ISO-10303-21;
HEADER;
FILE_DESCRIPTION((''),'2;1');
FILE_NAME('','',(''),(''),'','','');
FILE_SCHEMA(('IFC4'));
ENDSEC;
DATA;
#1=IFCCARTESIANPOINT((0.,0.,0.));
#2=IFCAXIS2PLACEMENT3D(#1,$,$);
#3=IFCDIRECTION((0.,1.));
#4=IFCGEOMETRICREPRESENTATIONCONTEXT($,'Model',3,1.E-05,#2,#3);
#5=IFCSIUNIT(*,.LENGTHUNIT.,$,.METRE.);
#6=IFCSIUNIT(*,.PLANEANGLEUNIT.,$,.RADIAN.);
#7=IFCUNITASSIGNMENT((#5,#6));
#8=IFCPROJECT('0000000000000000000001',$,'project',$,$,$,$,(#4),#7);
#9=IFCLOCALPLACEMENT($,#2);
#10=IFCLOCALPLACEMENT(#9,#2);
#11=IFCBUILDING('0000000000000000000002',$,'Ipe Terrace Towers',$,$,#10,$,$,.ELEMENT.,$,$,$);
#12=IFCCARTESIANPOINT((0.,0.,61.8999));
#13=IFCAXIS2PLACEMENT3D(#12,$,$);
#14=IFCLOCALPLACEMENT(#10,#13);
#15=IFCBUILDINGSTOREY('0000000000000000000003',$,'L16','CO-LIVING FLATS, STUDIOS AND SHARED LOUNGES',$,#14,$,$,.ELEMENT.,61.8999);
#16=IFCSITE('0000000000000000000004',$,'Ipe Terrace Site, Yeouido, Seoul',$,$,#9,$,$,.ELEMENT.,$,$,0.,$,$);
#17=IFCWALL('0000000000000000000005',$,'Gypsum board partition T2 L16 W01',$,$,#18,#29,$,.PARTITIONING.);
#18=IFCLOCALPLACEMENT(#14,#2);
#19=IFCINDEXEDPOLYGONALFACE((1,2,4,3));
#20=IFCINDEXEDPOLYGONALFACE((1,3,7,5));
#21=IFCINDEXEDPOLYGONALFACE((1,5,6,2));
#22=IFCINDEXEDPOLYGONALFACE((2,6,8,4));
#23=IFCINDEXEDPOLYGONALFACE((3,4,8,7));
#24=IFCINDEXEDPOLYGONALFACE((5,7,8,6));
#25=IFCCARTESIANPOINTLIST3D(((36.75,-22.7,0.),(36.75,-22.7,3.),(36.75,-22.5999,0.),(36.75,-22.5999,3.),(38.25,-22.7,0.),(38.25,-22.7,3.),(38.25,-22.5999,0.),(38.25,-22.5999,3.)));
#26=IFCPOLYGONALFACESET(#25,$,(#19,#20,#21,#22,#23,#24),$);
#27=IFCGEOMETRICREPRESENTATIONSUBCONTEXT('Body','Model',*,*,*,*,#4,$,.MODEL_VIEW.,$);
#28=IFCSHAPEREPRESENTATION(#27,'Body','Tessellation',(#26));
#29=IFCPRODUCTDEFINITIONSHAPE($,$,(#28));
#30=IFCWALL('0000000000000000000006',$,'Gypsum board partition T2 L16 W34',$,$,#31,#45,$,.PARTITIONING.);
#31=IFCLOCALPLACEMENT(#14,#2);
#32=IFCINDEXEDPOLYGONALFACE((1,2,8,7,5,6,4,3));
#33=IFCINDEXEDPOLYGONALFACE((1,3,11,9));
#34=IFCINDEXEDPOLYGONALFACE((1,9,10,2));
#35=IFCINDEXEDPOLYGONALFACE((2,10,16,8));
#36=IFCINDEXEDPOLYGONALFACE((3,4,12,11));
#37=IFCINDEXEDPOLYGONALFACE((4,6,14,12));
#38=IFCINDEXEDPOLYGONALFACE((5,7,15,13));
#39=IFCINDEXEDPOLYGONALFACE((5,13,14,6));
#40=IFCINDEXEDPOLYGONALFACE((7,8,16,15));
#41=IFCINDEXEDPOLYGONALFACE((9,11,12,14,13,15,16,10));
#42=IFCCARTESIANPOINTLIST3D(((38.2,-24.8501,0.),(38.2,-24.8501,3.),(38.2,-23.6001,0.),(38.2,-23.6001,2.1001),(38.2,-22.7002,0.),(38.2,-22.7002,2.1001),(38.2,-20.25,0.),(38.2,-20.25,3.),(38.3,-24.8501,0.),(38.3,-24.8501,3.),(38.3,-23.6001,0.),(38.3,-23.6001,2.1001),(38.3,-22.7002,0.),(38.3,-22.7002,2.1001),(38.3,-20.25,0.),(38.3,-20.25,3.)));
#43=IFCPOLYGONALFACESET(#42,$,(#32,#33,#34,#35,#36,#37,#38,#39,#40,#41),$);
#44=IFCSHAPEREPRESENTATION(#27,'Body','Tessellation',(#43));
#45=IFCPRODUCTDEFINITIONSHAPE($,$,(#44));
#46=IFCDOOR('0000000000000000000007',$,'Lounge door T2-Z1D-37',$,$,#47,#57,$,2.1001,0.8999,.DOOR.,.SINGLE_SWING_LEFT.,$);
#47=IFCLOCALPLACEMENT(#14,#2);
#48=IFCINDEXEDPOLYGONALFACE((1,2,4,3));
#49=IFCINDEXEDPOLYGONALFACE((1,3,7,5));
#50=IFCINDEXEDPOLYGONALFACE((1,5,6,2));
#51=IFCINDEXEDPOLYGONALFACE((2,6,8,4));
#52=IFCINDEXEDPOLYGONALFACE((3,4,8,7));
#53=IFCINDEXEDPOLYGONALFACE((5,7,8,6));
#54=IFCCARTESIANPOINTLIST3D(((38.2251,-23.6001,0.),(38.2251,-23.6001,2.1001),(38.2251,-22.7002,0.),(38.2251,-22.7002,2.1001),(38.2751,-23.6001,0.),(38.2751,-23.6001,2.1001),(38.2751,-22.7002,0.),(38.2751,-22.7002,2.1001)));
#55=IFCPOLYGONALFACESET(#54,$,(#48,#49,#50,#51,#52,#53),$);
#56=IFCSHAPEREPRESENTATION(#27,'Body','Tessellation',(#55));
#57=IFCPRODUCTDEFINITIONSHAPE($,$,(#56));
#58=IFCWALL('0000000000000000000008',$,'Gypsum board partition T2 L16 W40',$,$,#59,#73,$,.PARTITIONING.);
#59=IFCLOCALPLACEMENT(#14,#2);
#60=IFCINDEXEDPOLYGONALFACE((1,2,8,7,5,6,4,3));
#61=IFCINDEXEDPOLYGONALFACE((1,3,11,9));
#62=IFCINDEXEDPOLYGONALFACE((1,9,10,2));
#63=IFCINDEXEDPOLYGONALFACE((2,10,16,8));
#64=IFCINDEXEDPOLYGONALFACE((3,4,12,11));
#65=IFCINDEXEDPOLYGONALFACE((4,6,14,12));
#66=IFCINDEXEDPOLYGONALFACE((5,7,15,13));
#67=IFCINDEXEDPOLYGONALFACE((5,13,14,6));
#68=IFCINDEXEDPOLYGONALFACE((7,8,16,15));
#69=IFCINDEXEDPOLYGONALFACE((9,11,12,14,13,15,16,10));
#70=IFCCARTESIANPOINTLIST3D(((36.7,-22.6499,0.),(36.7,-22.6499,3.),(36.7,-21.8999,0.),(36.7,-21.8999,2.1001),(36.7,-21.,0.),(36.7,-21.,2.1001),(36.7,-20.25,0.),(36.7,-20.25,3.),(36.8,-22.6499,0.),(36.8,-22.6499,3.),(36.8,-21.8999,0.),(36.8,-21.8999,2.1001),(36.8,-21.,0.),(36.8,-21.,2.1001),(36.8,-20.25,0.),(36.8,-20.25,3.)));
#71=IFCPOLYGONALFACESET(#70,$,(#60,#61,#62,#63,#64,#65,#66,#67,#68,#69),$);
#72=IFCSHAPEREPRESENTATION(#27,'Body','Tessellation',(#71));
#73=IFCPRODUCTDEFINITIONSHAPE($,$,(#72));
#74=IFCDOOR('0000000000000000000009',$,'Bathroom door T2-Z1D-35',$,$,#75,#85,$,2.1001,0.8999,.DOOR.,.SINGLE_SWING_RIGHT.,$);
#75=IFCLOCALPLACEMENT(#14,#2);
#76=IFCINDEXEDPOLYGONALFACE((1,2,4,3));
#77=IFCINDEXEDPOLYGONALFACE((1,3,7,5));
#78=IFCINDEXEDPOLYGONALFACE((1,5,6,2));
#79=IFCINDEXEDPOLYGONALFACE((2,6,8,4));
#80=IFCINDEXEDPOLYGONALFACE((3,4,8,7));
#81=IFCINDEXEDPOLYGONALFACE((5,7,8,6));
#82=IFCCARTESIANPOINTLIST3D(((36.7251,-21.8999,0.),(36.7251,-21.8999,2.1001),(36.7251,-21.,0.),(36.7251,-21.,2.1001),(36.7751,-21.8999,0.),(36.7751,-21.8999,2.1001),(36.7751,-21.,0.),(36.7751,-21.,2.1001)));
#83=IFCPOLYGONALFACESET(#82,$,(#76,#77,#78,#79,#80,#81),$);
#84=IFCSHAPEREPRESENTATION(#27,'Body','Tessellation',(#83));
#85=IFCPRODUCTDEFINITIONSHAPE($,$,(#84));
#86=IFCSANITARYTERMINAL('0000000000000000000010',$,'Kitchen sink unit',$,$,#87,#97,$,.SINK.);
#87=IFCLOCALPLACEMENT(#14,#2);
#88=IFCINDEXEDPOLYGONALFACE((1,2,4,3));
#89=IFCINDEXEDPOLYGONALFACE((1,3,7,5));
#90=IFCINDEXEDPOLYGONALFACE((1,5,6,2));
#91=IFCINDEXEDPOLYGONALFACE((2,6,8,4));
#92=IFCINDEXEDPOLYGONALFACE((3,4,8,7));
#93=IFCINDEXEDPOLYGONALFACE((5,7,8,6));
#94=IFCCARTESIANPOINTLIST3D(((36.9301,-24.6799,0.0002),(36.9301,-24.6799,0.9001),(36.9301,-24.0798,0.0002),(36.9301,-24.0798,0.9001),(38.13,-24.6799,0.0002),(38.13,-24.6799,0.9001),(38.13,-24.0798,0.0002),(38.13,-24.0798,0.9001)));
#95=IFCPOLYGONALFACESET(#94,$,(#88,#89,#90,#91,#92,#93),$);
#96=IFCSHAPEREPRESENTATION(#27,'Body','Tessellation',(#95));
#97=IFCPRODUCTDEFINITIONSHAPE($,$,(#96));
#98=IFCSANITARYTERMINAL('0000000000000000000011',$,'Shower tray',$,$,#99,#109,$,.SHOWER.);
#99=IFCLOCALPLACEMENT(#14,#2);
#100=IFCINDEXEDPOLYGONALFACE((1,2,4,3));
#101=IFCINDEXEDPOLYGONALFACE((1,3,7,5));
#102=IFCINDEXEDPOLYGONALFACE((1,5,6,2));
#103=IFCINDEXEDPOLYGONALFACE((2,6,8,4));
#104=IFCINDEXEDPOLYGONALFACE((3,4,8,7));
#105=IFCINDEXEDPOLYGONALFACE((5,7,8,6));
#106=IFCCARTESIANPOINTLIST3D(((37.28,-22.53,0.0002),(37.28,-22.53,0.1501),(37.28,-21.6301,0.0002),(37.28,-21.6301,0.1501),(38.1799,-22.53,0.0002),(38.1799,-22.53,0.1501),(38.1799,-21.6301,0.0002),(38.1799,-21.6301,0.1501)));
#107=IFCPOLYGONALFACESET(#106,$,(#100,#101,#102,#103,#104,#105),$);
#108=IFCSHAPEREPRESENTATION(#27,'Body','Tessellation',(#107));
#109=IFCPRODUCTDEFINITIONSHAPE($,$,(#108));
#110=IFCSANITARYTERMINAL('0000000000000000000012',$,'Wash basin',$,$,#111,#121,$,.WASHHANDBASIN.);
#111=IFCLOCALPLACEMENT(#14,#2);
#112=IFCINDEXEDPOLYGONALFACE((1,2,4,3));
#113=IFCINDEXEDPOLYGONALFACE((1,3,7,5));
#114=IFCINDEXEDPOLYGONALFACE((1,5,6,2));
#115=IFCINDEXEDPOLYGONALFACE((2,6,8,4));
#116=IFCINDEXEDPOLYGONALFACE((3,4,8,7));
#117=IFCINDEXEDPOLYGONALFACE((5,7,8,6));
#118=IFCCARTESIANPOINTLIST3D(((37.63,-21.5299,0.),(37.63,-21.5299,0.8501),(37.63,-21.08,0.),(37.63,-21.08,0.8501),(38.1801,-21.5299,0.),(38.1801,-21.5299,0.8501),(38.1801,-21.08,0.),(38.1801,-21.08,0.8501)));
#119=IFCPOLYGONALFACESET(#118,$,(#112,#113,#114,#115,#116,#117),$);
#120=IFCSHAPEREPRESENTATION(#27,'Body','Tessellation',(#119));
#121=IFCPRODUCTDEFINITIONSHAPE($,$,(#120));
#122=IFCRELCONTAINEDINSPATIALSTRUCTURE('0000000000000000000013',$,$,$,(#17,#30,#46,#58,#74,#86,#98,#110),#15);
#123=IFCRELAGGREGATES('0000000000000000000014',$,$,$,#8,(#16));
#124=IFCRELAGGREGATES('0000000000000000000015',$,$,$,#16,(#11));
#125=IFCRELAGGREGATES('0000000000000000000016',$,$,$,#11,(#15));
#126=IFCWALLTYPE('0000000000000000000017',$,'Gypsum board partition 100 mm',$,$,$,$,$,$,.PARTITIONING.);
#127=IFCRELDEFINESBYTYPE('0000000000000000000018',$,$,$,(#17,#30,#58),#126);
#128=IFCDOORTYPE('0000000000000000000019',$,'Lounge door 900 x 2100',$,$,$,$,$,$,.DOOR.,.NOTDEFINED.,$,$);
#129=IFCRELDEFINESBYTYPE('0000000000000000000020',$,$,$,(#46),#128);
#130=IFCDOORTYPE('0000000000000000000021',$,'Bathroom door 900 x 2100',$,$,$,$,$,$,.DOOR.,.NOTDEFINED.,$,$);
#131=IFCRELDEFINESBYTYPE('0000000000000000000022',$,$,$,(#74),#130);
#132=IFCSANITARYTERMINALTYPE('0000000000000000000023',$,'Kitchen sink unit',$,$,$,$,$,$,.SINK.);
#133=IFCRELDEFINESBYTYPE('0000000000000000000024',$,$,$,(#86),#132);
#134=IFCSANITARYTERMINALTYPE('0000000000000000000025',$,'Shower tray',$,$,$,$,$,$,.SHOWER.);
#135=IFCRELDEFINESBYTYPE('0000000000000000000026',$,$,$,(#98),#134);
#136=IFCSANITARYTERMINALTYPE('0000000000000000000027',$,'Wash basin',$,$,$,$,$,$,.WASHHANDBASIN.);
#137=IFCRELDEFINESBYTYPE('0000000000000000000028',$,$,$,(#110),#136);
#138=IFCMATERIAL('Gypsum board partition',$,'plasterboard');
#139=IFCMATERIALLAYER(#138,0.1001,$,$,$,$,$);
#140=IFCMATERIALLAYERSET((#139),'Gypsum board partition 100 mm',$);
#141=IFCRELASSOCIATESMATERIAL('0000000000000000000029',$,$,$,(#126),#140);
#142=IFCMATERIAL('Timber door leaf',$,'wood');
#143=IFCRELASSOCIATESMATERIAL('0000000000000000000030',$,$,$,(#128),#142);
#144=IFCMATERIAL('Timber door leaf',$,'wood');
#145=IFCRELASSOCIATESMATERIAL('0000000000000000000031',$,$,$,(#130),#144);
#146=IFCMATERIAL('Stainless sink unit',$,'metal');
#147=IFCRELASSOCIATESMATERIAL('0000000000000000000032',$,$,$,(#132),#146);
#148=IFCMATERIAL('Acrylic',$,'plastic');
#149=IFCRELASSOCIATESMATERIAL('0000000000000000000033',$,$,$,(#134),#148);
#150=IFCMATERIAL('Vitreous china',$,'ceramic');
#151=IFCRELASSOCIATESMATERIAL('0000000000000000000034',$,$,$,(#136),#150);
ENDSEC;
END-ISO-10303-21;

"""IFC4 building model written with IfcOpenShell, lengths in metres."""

from ifc_helpers import new_model, si_unit, direction, frame, frame_2d, origin, origin_2d, place, context, subcontext, project, spatial, rectangle, extrude, material, layer, layer_set, type_object, element, fill, save


model = new_model("IFC4")

# Units and contexts
model_context = context("Model", 3, precision=1e-05, world=origin(), true_north=direction((0.0, 1.0)))
body_context = subcontext(model_context, "Body", "Model", "MODEL_VIEW")
ifc_project = project(units=[si_unit("LENGTHUNIT", "METRE"), si_unit("PLANEANGLEUNIT", "RADIAN")], contexts=[model_context])

# Site, building, storey
site_placement = place(None, origin())
site = spatial("IfcSite", under=ifc_project, at=site_placement, Name="Ipe Terrace Site, Yeouido, Seoul", CompositionType="ELEMENT", RefElevation=0.0)
building_placement = place(site_placement, origin())
building = spatial("IfcBuilding", under=site, at=building_placement, Name="Ipe Terrace Towers", CompositionType="ELEMENT")
storey_placement = place(building_placement, frame((0.0, 0.0, 61.8999)))
storey = spatial("IfcBuildingStorey", under=building, at=storey_placement, Name="L16", Description="CO-LIVING FLATS, STUDIOS AND SHARED LOUNGES", CompositionType="ELEMENT", Elevation=61.8999)

# Wall
ifc_material_1 = material(Name="Gypsum board partition", Category="plasterboard")
ifc_layer_1 = layer(ifc_material_1, 0.1001)
ifc_layer_set_1 = layer_set([ifc_layer_1], Name="Gypsum board partition 100 mm")
wall_type_1 = type_object("IfcWallType", Name="Gypsum board partition 100 mm", PredefinedType="PARTITIONING", material=ifc_layer_set_1)
wall_1_placement = place(storey_placement, frame((38.25, -22.6499, 0.0), z_axis=(0.0, 0.0, 1.0), x_axis=(-1.0, 0.0, 0.0)))
element("IfcWall", 1, at=wall_1_placement, inside=storey, type_object=wall_type_1, Name="Gypsum board partition T2 L16 W01", PredefinedType="PARTITIONING", context=body_context, shape_type="SweptSolid", body=[
    extrude(rectangle(XDim=1.5, YDim=0.1001, at=frame_2d((0.75, 0.0))), origin(), (0.0, 0.0, 1.0), 3.0),
])

# Walls, openings, doors
wall_2_placement = place(storey_placement, frame((38.25, -24.8501, 0.0), z_axis=(0.0, 0.0, 1.0), x_axis=(0.0, 1.0, 0.0)))
wall_2 = element("IfcWall", 2, at=wall_2_placement, inside=storey, type_object=wall_type_1, Name="Gypsum board partition T2 L16 W34", PredefinedType="PARTITIONING", context=body_context, shape_type="SweptSolid", body=[
    extrude(rectangle(XDim=4.6001, YDim=0.1001, at=frame_2d((2.3, 0.0))), origin(), (0.0, 0.0, 1.0), 3.0),
])
opening_1_placement = place(wall_2_placement, frame((1.25, 0.0, 0.0)))
opening_1 = element("IfcOpeningElement", 3, at=opening_1_placement, cuts=wall_2, PredefinedType="OPENING", context=body_context, shape_type="SweptSolid", body=[
    extrude(rectangle(XDim=0.8999, YDim=2.1001, at=frame_2d((0.45, 1.05))), frame((0.0, 0.0601, 0.0), z_axis=(0.0, -1.0, 0.0), x_axis=(1.0, 0.0, 0.0)), (0.0, 0.0, 1.0), 0.1201),
])
ifc_material_2 = material(Name="Timber door leaf", Category="wood")
door_type_1 = type_object("IfcDoorType", Name="Lounge door 900 x 2100", OperationType="NOTDEFINED", PredefinedType="DOOR", material=ifc_material_2)
door_1_placement = place(opening_1_placement, origin())
door_1 = element("IfcDoor", 4, at=door_1_placement, inside=storey, type_object=door_type_1, Name="Lounge door T2-Z1D-37", OperationType="SINGLE_SWING_LEFT", OverallHeight=2.1001, OverallWidth=0.8999, PredefinedType="DOOR", context=body_context, shape_type="SweptSolid", body=[
    extrude(rectangle(XDim=0.8999, YDim=2.1001, at=frame_2d((0.45, 1.05))), frame((0.0, 0.0249, 0.0), z_axis=(0.0, -1.0, 0.0), x_axis=(1.0, 0.0, 0.0)), (0.0, 0.0, 1.0), 0.05),
])
fill(opening_1, door_1)
wall_3_placement = place(storey_placement, frame((36.75, -22.6499, 0.0), z_axis=(0.0, 0.0, 1.0), x_axis=(0.0, 1.0, 0.0)))
wall_3 = element("IfcWall", 5, at=wall_3_placement, inside=storey, type_object=wall_type_1, Name="Gypsum board partition T2 L16 W40", PredefinedType="PARTITIONING", context=body_context, shape_type="SweptSolid", body=[
    extrude(rectangle(XDim=2.3999, YDim=0.1001, at=frame_2d((1.2, 0.0))), origin(), (0.0, 0.0, 1.0), 3.0),
])
opening_2_placement = place(wall_3_placement, frame((0.75, 0.0, 0.0)))
opening_2 = element("IfcOpeningElement", 6, at=opening_2_placement, cuts=wall_3, PredefinedType="OPENING", context=body_context, shape_type="SweptSolid", body=[
    extrude(rectangle(XDim=0.8999, YDim=2.1001, at=frame_2d((0.45, 1.05))), frame((0.0, 0.0601, 0.0), z_axis=(0.0, -1.0, 0.0), x_axis=(1.0, 0.0, 0.0)), (0.0, 0.0, 1.0), 0.1201),
])
ifc_material_3 = material(Name="Timber door leaf", Category="wood")
door_type_2 = type_object("IfcDoorType", Name="Bathroom door 900 x 2100", OperationType="NOTDEFINED", PredefinedType="DOOR", material=ifc_material_3)
door_2_placement = place(opening_2_placement, origin())
door_2 = element("IfcDoor", 7, at=door_2_placement, inside=storey, type_object=door_type_2, Name="Bathroom door T2-Z1D-35", OperationType="SINGLE_SWING_RIGHT", OverallHeight=2.1001, OverallWidth=0.8999, PredefinedType="DOOR", context=body_context, shape_type="SweptSolid", body=[
    extrude(rectangle(XDim=0.8999, YDim=2.1001, at=frame_2d((0.45, 1.05))), frame((0.0, 0.0249, 0.0), z_axis=(0.0, -1.0, 0.0), x_axis=(1.0, 0.0, 0.0)), (0.0, 0.0, 1.0), 0.05),
])
fill(opening_2, door_2)

# Sanitary terminals
ifc_material_4 = material(Name="Stainless sink unit", Category="metal")
sanitary_terminal_type_1 = type_object("IfcSanitaryTerminalType", Name="Kitchen sink unit", PredefinedType="SINK", material=ifc_material_4)
sanitary_terminal_1_placement = place(storey_placement, frame((37.53, -24.3799, 0.0002), z_axis=(0.0, 0.0, 1.0), x_axis=(-1.0, 0.0, 0.0)))
element("IfcSanitaryTerminal", 8, at=sanitary_terminal_1_placement, inside=storey, type_object=sanitary_terminal_type_1, Name="Kitchen sink unit", PredefinedType="SINK", context=body_context, shape_type="SweptSolid", body=[
    extrude(rectangle(XDim=1.2, YDim=0.6001, at=origin_2d()), origin(), (0.0, 0.0, 1.0), 0.8999),
])
ifc_material_5 = material(Name="Acrylic", Category="plastic")
sanitary_terminal_type_2 = type_object("IfcSanitaryTerminalType", Name="Shower tray", PredefinedType="SHOWER", material=ifc_material_5)
sanitary_terminal_2_placement = place(storey_placement, frame((37.73, -22.0801, 0.0002), z_axis=(0.0, 0.0, 1.0), x_axis=(-1.0, 0.0, 0.0)))
element("IfcSanitaryTerminal", 9, at=sanitary_terminal_2_placement, inside=storey, type_object=sanitary_terminal_type_2, Name="Shower tray", PredefinedType="SHOWER", context=body_context, shape_type="SweptSolid", body=[
    extrude(rectangle(XDim=0.8999, YDim=0.8999, at=origin_2d()), origin(), (0.0, 0.0, 1.0), 0.1499),
])
ifc_material_6 = material(Name="Vitreous china", Category="ceramic")
sanitary_terminal_type_3 = type_object("IfcSanitaryTerminalType", Name="Wash basin", PredefinedType="WASHHANDBASIN", material=ifc_material_6)
sanitary_terminal_3_placement = place(storey_placement, frame((37.905, -21.3049, 0.0), z_axis=(0.0, 0.0, 1.0), x_axis=(-1.0, 0.0, 0.0)))
element("IfcSanitaryTerminal", 10, at=sanitary_terminal_3_placement, inside=storey, type_object=sanitary_terminal_type_3, Name="Wash basin", PredefinedType="WASHHANDBASIN", context=body_context, shape_type="SweptSolid", body=[
    extrude(rectangle(XDim=0.55, YDim=0.45, at=origin_2d()), origin(), (0.0, 0.0, 1.0), 0.8501),
])

save(model, "model.ifc")
